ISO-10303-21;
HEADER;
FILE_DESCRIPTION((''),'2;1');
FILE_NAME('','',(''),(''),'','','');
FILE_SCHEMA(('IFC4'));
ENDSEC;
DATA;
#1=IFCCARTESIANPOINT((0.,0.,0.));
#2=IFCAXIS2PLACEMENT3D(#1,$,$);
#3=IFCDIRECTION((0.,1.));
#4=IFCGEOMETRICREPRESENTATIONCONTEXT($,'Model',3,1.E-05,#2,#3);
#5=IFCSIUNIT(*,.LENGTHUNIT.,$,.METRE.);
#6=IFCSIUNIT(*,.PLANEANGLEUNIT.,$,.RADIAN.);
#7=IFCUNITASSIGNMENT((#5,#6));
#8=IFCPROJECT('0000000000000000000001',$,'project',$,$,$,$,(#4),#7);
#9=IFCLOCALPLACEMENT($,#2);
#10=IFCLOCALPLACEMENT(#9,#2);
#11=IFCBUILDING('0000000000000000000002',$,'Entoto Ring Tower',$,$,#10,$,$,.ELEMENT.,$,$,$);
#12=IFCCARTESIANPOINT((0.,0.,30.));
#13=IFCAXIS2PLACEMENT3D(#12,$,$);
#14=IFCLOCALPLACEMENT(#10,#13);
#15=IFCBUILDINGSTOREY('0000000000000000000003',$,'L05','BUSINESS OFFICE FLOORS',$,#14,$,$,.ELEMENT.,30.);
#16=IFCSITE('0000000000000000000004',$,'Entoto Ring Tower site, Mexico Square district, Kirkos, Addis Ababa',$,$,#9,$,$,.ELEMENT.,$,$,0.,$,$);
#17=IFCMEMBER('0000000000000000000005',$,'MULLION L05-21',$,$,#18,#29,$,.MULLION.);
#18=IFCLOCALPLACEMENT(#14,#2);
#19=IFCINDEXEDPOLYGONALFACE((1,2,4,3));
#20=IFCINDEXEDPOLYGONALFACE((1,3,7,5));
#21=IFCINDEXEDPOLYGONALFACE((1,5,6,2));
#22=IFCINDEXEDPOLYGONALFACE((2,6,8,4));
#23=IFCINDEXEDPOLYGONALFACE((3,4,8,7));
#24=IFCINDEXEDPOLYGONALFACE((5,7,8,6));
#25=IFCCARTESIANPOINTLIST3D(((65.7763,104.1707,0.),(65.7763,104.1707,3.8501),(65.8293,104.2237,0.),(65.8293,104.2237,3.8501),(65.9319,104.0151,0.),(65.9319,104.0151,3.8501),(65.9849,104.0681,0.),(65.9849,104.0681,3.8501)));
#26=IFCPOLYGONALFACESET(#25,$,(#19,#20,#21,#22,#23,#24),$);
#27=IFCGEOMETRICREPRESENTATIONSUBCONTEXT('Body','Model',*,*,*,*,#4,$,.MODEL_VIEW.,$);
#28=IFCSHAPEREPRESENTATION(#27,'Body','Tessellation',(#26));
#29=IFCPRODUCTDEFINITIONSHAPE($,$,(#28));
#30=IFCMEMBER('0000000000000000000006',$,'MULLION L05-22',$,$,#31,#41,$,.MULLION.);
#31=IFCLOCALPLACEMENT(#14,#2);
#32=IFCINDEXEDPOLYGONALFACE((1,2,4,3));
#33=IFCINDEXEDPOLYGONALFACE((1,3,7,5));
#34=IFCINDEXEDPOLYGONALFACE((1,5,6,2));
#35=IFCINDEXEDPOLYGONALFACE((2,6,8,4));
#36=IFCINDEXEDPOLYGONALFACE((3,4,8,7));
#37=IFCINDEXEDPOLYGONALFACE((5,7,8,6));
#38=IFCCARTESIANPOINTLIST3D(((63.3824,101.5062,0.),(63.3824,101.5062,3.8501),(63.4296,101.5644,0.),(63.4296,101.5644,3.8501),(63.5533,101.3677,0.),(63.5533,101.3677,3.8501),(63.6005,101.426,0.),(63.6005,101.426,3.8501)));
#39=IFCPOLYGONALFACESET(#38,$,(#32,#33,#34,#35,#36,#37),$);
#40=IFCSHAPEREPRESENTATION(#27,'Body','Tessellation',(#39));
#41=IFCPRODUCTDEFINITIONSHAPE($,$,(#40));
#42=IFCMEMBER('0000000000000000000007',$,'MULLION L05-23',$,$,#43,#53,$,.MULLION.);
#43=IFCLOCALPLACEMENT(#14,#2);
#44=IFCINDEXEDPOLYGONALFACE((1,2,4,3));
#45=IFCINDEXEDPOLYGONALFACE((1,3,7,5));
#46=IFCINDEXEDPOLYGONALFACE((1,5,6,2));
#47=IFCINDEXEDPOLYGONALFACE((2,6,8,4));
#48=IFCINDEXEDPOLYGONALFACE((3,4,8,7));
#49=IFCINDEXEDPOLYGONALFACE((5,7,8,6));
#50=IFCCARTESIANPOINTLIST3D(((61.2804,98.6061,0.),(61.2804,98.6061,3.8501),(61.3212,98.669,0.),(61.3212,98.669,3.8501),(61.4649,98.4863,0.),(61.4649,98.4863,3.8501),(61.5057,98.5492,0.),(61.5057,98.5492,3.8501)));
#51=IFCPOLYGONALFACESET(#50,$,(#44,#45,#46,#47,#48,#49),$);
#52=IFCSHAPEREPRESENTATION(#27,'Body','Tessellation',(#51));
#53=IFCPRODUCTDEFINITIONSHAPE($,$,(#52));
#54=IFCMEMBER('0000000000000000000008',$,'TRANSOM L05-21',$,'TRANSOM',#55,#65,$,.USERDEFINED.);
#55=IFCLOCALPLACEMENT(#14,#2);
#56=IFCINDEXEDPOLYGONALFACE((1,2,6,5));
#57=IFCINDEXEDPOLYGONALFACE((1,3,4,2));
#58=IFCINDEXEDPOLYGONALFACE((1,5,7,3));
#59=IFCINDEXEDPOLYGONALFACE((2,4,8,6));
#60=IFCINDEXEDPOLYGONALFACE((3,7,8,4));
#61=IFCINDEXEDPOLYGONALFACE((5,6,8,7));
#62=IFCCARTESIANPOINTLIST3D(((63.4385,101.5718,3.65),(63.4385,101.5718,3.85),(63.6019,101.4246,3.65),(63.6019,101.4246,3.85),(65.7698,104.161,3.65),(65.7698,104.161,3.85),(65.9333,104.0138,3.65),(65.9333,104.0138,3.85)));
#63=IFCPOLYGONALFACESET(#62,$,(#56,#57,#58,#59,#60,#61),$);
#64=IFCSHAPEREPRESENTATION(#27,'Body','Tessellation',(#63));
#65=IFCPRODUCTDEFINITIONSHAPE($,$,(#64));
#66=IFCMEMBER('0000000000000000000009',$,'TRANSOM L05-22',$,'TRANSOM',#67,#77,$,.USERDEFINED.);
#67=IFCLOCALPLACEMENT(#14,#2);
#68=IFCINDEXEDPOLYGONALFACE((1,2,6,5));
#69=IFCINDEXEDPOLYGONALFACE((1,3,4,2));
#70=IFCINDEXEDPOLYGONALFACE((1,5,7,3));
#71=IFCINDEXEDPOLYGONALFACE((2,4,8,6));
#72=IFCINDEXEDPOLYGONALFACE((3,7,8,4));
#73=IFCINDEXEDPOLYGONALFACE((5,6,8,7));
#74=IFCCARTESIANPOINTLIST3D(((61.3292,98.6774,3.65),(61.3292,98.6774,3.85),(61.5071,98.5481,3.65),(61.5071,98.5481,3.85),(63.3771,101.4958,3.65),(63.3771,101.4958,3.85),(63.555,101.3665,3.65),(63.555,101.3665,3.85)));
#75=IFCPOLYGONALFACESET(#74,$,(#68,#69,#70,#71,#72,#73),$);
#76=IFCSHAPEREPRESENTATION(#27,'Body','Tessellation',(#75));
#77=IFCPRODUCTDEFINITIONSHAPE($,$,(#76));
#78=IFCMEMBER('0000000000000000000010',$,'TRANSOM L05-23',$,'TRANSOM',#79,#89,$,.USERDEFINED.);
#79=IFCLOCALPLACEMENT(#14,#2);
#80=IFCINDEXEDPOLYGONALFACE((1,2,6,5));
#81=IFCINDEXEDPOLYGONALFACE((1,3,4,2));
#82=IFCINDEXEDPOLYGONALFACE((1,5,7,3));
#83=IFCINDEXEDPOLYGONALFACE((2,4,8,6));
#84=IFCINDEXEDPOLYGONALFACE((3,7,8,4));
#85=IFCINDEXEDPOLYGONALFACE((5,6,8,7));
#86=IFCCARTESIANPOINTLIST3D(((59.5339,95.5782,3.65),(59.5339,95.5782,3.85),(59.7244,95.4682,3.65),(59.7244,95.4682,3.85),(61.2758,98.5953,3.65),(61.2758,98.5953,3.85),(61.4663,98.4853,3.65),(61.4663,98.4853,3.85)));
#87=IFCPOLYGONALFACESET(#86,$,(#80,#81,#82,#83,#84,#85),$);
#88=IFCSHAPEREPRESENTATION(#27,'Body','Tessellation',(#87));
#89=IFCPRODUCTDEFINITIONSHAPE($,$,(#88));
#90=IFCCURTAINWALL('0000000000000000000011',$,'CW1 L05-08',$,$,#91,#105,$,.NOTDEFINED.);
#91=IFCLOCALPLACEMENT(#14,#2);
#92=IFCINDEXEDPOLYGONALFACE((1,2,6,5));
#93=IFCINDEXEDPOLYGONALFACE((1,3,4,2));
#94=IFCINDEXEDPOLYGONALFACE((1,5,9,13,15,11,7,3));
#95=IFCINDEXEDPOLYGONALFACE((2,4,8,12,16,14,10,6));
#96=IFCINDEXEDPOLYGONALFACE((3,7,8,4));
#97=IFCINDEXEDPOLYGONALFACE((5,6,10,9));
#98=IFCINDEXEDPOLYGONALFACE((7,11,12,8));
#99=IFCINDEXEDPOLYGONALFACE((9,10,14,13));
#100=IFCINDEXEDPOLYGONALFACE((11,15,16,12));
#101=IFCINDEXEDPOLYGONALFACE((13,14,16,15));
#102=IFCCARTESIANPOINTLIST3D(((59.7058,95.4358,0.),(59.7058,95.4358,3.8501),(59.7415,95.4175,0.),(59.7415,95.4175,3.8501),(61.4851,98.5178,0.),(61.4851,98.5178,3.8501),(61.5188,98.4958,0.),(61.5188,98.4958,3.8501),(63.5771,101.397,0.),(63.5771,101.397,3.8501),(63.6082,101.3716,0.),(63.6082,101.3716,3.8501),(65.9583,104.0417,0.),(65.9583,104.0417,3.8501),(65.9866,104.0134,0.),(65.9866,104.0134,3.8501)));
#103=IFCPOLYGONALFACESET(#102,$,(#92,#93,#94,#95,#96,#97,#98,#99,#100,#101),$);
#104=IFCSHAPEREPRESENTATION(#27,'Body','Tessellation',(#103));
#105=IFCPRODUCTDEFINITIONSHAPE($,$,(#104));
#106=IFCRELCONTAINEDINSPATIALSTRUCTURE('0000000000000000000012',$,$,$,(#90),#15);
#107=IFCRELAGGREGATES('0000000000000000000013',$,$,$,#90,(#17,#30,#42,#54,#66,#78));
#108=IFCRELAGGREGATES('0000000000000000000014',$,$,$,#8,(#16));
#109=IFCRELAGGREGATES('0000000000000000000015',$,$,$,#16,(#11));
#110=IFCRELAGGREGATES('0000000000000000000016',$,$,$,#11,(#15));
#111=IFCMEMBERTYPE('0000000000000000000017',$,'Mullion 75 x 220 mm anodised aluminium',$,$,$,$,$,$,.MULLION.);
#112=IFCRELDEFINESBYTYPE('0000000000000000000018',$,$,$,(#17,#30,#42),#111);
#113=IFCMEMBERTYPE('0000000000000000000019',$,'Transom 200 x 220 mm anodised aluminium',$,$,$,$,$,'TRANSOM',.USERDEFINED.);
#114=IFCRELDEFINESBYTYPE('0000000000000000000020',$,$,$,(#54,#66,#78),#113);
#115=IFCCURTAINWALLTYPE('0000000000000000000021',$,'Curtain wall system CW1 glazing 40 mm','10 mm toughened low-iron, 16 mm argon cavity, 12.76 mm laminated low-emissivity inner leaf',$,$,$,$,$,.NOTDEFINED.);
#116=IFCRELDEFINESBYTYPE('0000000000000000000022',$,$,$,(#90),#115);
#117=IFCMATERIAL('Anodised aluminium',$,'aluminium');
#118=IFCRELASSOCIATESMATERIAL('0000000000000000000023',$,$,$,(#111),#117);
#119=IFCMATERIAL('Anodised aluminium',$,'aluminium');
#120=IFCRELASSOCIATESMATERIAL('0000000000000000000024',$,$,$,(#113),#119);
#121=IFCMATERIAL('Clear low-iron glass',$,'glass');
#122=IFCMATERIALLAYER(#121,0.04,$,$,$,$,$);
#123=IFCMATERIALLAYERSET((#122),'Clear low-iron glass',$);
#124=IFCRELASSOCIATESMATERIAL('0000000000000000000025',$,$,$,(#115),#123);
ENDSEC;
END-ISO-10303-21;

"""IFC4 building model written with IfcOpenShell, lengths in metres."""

from ifc_helpers import new_model, si_unit, direction, frame, origin, origin_2d, place, context, subcontext, project, spatial, polyline, rectangle, outline, extrude, material, layer, layer_set, material_profile, profile_set, type_object, element, aggregate, save


model = new_model("IFC4")

# Units and contexts
model_context = context("Model", 3, precision=1e-05, world=origin(), true_north=direction((0.0, 1.0)))
body_context = subcontext(model_context, "Body", "Model", "MODEL_VIEW")
ifc_project = project(units=[si_unit("LENGTHUNIT", "METRE"), si_unit("PLANEANGLEUNIT", "RADIAN")], contexts=[model_context])

# Members
ifc_material_1 = material(Name="Anodised aluminium", Category="aluminium")
ifc_material_profile_1 = material_profile(ifc_material_1, rectangle(XDim=0.075, YDim=0.22, at=origin_2d()), Name="Mullion 75 x 220 mm anodised aluminium")
ifc_profile_set_1 = profile_set([ifc_material_profile_1], Name="Anodised aluminium")
member_type_1 = type_object("IfcMemberType", Name="Mullion 75 x 220 mm anodised aluminium", PredefinedType="MULLION", material=ifc_profile_set_1)
site_placement = place(None, origin())
building_placement = place(site_placement, origin())
storey_placement = place(building_placement, frame((0.0, 0.0, 30.0)))
member_1_placement = place(storey_placement, frame((65.8806, 104.1194, 0.0), z_axis=(0.0, 0.0, 1.0), x_axis=(-0.707107, -0.707107, 0.0)))
member_1 = element("IfcMember", 1, at=member_1_placement, type_object=member_type_1, Name="MULLION L05-21", PredefinedType="MULLION", context=body_context, shape_type="SweptSolid", body=[
    extrude(rectangle(XDim=0.075, YDim=0.22, at=origin_2d()), origin(), (0.0, 0.0, 1.0), 3.8501),
])
member_2_placement = place(storey_placement, frame((63.4915, 101.4661, 0.0), z_axis=(0.0, 0.0, 1.0), x_axis=(-0.62932, -0.777146, 0.0)))
member_2 = element("IfcMember", 2, at=member_2_placement, type_object=member_type_1, Name="MULLION L05-22", PredefinedType="MULLION", context=body_context, shape_type="SweptSolid", body=[
    extrude(rectangle(XDim=0.075, YDim=0.22, at=origin_2d()), origin(), (0.0, 0.0, 1.0), 3.8501),
])
member_3_placement = place(storey_placement, frame((61.3931, 98.5776, 0.0), z_axis=(0.0, 0.0, 1.0), x_axis=(-0.544639, -0.838671, 0.0)))
member_3 = element("IfcMember", 3, at=member_3_placement, type_object=member_type_1, Name="MULLION L05-23", PredefinedType="MULLION", context=body_context, shape_type="SweptSolid", body=[
    extrude(rectangle(XDim=0.075, YDim=0.22, at=origin_2d()), origin(), (0.0, 0.0, 1.0), 3.8501),
])
ifc_material_2 = material(Name="Anodised aluminium", Category="aluminium")
ifc_material_profile_2 = material_profile(ifc_material_2, rectangle(XDim=0.22, YDim=0.2, at=origin_2d()), Name="Transom 200 x 220 mm anodised aluminium")
ifc_profile_set_2 = profile_set([ifc_material_profile_2], Name="Anodised aluminium")
member_type_2 = type_object("IfcMemberType", Name="Transom 200 x 220 mm anodised aluminium", ElementType="TRANSOM", PredefinedType="USERDEFINED", material=ifc_profile_set_2)
member_4_placement = place(storey_placement, frame((65.8516, 104.0874, 3.75), z_axis=(-0.669139, -0.743137, 0.0), x_axis=(0.743137, -0.669139, 0.0)))
member_4 = element("IfcMember", 4, at=member_4_placement, type_object=member_type_2, Name="TRANSOM L05-21", ObjectType="TRANSOM", PredefinedType="USERDEFINED", context=body_context, shape_type="SweptSolid", body=[
    extrude(rectangle(XDim=0.22, YDim=0.2, at=origin_2d()), origin(), (0.0, 0.0, 1.0), 3.4841),
])
member_5_placement = place(storey_placement, frame((63.4661, 101.4312, 3.75), z_axis=(-0.587822, -0.808991, 0.0), x_axis=(0.808991, -0.587822, 0.0)))
member_5 = element("IfcMember", 5, at=member_5_placement, type_object=member_type_2, Name="TRANSOM L05-22", ObjectType="TRANSOM", PredefinedType="USERDEFINED", context=body_context, shape_type="SweptSolid", body=[
    extrude(rectangle(XDim=0.22, YDim=0.2, at=origin_2d()), origin(), (0.0, 0.0, 1.0), 3.4839),
])
member_6_placement = place(storey_placement, frame((61.3711, 98.5403, 3.75), z_axis=(-0.500006, -0.866022, 0.0), x_axis=(0.866022, -0.500006, 0.0)))
member_6 = element("IfcMember", 6, at=member_6_placement, type_object=member_type_2, Name="TRANSOM L05-23", ObjectType="TRANSOM", PredefinedType="USERDEFINED", context=body_context, shape_type="SweptSolid", body=[
    extrude(rectangle(XDim=0.22, YDim=0.2, at=origin_2d()), origin(), (0.0, 0.0, 1.0), 3.4839),
])

# Site, building, storey
site = spatial("IfcSite", under=ifc_project, at=site_placement, Name="Entoto Ring Tower site, Mexico Square district, Kirkos, Addis Ababa", CompositionType="ELEMENT", RefElevation=0.0)
building = spatial("IfcBuilding", under=site, at=building_placement, Name="Entoto Ring Tower", CompositionType="ELEMENT")
storey = spatial("IfcBuildingStorey", under=building, at=storey_placement, Name="L05", Description="BUSINESS OFFICE FLOORS", CompositionType="ELEMENT", Elevation=30.0)

# Curtain wall
ifc_material_3 = material(Name="Clear low-iron glass", Category="glass")
ifc_layer = layer(ifc_material_3, 0.04)
ifc_layer_set = layer_set([ifc_layer], Name="Clear low-iron glass")
curtain_wall_type = type_object("IfcCurtainWallType", Name="Curtain wall system CW1 glazing 40 mm", Description="10 mm toughened low-iron, 16 mm argon cavity, 12.76 mm laminated low-emissivity inner leaf", PredefinedType="NOTDEFINED", material=ifc_layer_set)
curtain_wall_1_placement = place(storey_placement, origin())
curtain_wall_1 = element("IfcCurtainWall", 7, at=curtain_wall_1_placement, inside=storey, type_object=curtain_wall_type, Name="CW1 L05-08", PredefinedType="NOTDEFINED", context=body_context, shape_type="SweptSolid", body=[
    extrude(outline(polyline([(65.9583, 104.0417), (63.5771, 101.397), (61.4851, 98.5178), (59.7058, 95.4358), (59.7415, 95.4175), (61.5188, 98.4958), (63.6082, 101.3716), (65.9866, 104.0134), (65.9583, 104.0417)])), origin(), (0.0, 0.0, 1.0), 3.8501),
])
aggregate(curtain_wall_1, [member_1, member_2, member_3, member_4, member_5, member_6])

save(model, "model.ifc")
